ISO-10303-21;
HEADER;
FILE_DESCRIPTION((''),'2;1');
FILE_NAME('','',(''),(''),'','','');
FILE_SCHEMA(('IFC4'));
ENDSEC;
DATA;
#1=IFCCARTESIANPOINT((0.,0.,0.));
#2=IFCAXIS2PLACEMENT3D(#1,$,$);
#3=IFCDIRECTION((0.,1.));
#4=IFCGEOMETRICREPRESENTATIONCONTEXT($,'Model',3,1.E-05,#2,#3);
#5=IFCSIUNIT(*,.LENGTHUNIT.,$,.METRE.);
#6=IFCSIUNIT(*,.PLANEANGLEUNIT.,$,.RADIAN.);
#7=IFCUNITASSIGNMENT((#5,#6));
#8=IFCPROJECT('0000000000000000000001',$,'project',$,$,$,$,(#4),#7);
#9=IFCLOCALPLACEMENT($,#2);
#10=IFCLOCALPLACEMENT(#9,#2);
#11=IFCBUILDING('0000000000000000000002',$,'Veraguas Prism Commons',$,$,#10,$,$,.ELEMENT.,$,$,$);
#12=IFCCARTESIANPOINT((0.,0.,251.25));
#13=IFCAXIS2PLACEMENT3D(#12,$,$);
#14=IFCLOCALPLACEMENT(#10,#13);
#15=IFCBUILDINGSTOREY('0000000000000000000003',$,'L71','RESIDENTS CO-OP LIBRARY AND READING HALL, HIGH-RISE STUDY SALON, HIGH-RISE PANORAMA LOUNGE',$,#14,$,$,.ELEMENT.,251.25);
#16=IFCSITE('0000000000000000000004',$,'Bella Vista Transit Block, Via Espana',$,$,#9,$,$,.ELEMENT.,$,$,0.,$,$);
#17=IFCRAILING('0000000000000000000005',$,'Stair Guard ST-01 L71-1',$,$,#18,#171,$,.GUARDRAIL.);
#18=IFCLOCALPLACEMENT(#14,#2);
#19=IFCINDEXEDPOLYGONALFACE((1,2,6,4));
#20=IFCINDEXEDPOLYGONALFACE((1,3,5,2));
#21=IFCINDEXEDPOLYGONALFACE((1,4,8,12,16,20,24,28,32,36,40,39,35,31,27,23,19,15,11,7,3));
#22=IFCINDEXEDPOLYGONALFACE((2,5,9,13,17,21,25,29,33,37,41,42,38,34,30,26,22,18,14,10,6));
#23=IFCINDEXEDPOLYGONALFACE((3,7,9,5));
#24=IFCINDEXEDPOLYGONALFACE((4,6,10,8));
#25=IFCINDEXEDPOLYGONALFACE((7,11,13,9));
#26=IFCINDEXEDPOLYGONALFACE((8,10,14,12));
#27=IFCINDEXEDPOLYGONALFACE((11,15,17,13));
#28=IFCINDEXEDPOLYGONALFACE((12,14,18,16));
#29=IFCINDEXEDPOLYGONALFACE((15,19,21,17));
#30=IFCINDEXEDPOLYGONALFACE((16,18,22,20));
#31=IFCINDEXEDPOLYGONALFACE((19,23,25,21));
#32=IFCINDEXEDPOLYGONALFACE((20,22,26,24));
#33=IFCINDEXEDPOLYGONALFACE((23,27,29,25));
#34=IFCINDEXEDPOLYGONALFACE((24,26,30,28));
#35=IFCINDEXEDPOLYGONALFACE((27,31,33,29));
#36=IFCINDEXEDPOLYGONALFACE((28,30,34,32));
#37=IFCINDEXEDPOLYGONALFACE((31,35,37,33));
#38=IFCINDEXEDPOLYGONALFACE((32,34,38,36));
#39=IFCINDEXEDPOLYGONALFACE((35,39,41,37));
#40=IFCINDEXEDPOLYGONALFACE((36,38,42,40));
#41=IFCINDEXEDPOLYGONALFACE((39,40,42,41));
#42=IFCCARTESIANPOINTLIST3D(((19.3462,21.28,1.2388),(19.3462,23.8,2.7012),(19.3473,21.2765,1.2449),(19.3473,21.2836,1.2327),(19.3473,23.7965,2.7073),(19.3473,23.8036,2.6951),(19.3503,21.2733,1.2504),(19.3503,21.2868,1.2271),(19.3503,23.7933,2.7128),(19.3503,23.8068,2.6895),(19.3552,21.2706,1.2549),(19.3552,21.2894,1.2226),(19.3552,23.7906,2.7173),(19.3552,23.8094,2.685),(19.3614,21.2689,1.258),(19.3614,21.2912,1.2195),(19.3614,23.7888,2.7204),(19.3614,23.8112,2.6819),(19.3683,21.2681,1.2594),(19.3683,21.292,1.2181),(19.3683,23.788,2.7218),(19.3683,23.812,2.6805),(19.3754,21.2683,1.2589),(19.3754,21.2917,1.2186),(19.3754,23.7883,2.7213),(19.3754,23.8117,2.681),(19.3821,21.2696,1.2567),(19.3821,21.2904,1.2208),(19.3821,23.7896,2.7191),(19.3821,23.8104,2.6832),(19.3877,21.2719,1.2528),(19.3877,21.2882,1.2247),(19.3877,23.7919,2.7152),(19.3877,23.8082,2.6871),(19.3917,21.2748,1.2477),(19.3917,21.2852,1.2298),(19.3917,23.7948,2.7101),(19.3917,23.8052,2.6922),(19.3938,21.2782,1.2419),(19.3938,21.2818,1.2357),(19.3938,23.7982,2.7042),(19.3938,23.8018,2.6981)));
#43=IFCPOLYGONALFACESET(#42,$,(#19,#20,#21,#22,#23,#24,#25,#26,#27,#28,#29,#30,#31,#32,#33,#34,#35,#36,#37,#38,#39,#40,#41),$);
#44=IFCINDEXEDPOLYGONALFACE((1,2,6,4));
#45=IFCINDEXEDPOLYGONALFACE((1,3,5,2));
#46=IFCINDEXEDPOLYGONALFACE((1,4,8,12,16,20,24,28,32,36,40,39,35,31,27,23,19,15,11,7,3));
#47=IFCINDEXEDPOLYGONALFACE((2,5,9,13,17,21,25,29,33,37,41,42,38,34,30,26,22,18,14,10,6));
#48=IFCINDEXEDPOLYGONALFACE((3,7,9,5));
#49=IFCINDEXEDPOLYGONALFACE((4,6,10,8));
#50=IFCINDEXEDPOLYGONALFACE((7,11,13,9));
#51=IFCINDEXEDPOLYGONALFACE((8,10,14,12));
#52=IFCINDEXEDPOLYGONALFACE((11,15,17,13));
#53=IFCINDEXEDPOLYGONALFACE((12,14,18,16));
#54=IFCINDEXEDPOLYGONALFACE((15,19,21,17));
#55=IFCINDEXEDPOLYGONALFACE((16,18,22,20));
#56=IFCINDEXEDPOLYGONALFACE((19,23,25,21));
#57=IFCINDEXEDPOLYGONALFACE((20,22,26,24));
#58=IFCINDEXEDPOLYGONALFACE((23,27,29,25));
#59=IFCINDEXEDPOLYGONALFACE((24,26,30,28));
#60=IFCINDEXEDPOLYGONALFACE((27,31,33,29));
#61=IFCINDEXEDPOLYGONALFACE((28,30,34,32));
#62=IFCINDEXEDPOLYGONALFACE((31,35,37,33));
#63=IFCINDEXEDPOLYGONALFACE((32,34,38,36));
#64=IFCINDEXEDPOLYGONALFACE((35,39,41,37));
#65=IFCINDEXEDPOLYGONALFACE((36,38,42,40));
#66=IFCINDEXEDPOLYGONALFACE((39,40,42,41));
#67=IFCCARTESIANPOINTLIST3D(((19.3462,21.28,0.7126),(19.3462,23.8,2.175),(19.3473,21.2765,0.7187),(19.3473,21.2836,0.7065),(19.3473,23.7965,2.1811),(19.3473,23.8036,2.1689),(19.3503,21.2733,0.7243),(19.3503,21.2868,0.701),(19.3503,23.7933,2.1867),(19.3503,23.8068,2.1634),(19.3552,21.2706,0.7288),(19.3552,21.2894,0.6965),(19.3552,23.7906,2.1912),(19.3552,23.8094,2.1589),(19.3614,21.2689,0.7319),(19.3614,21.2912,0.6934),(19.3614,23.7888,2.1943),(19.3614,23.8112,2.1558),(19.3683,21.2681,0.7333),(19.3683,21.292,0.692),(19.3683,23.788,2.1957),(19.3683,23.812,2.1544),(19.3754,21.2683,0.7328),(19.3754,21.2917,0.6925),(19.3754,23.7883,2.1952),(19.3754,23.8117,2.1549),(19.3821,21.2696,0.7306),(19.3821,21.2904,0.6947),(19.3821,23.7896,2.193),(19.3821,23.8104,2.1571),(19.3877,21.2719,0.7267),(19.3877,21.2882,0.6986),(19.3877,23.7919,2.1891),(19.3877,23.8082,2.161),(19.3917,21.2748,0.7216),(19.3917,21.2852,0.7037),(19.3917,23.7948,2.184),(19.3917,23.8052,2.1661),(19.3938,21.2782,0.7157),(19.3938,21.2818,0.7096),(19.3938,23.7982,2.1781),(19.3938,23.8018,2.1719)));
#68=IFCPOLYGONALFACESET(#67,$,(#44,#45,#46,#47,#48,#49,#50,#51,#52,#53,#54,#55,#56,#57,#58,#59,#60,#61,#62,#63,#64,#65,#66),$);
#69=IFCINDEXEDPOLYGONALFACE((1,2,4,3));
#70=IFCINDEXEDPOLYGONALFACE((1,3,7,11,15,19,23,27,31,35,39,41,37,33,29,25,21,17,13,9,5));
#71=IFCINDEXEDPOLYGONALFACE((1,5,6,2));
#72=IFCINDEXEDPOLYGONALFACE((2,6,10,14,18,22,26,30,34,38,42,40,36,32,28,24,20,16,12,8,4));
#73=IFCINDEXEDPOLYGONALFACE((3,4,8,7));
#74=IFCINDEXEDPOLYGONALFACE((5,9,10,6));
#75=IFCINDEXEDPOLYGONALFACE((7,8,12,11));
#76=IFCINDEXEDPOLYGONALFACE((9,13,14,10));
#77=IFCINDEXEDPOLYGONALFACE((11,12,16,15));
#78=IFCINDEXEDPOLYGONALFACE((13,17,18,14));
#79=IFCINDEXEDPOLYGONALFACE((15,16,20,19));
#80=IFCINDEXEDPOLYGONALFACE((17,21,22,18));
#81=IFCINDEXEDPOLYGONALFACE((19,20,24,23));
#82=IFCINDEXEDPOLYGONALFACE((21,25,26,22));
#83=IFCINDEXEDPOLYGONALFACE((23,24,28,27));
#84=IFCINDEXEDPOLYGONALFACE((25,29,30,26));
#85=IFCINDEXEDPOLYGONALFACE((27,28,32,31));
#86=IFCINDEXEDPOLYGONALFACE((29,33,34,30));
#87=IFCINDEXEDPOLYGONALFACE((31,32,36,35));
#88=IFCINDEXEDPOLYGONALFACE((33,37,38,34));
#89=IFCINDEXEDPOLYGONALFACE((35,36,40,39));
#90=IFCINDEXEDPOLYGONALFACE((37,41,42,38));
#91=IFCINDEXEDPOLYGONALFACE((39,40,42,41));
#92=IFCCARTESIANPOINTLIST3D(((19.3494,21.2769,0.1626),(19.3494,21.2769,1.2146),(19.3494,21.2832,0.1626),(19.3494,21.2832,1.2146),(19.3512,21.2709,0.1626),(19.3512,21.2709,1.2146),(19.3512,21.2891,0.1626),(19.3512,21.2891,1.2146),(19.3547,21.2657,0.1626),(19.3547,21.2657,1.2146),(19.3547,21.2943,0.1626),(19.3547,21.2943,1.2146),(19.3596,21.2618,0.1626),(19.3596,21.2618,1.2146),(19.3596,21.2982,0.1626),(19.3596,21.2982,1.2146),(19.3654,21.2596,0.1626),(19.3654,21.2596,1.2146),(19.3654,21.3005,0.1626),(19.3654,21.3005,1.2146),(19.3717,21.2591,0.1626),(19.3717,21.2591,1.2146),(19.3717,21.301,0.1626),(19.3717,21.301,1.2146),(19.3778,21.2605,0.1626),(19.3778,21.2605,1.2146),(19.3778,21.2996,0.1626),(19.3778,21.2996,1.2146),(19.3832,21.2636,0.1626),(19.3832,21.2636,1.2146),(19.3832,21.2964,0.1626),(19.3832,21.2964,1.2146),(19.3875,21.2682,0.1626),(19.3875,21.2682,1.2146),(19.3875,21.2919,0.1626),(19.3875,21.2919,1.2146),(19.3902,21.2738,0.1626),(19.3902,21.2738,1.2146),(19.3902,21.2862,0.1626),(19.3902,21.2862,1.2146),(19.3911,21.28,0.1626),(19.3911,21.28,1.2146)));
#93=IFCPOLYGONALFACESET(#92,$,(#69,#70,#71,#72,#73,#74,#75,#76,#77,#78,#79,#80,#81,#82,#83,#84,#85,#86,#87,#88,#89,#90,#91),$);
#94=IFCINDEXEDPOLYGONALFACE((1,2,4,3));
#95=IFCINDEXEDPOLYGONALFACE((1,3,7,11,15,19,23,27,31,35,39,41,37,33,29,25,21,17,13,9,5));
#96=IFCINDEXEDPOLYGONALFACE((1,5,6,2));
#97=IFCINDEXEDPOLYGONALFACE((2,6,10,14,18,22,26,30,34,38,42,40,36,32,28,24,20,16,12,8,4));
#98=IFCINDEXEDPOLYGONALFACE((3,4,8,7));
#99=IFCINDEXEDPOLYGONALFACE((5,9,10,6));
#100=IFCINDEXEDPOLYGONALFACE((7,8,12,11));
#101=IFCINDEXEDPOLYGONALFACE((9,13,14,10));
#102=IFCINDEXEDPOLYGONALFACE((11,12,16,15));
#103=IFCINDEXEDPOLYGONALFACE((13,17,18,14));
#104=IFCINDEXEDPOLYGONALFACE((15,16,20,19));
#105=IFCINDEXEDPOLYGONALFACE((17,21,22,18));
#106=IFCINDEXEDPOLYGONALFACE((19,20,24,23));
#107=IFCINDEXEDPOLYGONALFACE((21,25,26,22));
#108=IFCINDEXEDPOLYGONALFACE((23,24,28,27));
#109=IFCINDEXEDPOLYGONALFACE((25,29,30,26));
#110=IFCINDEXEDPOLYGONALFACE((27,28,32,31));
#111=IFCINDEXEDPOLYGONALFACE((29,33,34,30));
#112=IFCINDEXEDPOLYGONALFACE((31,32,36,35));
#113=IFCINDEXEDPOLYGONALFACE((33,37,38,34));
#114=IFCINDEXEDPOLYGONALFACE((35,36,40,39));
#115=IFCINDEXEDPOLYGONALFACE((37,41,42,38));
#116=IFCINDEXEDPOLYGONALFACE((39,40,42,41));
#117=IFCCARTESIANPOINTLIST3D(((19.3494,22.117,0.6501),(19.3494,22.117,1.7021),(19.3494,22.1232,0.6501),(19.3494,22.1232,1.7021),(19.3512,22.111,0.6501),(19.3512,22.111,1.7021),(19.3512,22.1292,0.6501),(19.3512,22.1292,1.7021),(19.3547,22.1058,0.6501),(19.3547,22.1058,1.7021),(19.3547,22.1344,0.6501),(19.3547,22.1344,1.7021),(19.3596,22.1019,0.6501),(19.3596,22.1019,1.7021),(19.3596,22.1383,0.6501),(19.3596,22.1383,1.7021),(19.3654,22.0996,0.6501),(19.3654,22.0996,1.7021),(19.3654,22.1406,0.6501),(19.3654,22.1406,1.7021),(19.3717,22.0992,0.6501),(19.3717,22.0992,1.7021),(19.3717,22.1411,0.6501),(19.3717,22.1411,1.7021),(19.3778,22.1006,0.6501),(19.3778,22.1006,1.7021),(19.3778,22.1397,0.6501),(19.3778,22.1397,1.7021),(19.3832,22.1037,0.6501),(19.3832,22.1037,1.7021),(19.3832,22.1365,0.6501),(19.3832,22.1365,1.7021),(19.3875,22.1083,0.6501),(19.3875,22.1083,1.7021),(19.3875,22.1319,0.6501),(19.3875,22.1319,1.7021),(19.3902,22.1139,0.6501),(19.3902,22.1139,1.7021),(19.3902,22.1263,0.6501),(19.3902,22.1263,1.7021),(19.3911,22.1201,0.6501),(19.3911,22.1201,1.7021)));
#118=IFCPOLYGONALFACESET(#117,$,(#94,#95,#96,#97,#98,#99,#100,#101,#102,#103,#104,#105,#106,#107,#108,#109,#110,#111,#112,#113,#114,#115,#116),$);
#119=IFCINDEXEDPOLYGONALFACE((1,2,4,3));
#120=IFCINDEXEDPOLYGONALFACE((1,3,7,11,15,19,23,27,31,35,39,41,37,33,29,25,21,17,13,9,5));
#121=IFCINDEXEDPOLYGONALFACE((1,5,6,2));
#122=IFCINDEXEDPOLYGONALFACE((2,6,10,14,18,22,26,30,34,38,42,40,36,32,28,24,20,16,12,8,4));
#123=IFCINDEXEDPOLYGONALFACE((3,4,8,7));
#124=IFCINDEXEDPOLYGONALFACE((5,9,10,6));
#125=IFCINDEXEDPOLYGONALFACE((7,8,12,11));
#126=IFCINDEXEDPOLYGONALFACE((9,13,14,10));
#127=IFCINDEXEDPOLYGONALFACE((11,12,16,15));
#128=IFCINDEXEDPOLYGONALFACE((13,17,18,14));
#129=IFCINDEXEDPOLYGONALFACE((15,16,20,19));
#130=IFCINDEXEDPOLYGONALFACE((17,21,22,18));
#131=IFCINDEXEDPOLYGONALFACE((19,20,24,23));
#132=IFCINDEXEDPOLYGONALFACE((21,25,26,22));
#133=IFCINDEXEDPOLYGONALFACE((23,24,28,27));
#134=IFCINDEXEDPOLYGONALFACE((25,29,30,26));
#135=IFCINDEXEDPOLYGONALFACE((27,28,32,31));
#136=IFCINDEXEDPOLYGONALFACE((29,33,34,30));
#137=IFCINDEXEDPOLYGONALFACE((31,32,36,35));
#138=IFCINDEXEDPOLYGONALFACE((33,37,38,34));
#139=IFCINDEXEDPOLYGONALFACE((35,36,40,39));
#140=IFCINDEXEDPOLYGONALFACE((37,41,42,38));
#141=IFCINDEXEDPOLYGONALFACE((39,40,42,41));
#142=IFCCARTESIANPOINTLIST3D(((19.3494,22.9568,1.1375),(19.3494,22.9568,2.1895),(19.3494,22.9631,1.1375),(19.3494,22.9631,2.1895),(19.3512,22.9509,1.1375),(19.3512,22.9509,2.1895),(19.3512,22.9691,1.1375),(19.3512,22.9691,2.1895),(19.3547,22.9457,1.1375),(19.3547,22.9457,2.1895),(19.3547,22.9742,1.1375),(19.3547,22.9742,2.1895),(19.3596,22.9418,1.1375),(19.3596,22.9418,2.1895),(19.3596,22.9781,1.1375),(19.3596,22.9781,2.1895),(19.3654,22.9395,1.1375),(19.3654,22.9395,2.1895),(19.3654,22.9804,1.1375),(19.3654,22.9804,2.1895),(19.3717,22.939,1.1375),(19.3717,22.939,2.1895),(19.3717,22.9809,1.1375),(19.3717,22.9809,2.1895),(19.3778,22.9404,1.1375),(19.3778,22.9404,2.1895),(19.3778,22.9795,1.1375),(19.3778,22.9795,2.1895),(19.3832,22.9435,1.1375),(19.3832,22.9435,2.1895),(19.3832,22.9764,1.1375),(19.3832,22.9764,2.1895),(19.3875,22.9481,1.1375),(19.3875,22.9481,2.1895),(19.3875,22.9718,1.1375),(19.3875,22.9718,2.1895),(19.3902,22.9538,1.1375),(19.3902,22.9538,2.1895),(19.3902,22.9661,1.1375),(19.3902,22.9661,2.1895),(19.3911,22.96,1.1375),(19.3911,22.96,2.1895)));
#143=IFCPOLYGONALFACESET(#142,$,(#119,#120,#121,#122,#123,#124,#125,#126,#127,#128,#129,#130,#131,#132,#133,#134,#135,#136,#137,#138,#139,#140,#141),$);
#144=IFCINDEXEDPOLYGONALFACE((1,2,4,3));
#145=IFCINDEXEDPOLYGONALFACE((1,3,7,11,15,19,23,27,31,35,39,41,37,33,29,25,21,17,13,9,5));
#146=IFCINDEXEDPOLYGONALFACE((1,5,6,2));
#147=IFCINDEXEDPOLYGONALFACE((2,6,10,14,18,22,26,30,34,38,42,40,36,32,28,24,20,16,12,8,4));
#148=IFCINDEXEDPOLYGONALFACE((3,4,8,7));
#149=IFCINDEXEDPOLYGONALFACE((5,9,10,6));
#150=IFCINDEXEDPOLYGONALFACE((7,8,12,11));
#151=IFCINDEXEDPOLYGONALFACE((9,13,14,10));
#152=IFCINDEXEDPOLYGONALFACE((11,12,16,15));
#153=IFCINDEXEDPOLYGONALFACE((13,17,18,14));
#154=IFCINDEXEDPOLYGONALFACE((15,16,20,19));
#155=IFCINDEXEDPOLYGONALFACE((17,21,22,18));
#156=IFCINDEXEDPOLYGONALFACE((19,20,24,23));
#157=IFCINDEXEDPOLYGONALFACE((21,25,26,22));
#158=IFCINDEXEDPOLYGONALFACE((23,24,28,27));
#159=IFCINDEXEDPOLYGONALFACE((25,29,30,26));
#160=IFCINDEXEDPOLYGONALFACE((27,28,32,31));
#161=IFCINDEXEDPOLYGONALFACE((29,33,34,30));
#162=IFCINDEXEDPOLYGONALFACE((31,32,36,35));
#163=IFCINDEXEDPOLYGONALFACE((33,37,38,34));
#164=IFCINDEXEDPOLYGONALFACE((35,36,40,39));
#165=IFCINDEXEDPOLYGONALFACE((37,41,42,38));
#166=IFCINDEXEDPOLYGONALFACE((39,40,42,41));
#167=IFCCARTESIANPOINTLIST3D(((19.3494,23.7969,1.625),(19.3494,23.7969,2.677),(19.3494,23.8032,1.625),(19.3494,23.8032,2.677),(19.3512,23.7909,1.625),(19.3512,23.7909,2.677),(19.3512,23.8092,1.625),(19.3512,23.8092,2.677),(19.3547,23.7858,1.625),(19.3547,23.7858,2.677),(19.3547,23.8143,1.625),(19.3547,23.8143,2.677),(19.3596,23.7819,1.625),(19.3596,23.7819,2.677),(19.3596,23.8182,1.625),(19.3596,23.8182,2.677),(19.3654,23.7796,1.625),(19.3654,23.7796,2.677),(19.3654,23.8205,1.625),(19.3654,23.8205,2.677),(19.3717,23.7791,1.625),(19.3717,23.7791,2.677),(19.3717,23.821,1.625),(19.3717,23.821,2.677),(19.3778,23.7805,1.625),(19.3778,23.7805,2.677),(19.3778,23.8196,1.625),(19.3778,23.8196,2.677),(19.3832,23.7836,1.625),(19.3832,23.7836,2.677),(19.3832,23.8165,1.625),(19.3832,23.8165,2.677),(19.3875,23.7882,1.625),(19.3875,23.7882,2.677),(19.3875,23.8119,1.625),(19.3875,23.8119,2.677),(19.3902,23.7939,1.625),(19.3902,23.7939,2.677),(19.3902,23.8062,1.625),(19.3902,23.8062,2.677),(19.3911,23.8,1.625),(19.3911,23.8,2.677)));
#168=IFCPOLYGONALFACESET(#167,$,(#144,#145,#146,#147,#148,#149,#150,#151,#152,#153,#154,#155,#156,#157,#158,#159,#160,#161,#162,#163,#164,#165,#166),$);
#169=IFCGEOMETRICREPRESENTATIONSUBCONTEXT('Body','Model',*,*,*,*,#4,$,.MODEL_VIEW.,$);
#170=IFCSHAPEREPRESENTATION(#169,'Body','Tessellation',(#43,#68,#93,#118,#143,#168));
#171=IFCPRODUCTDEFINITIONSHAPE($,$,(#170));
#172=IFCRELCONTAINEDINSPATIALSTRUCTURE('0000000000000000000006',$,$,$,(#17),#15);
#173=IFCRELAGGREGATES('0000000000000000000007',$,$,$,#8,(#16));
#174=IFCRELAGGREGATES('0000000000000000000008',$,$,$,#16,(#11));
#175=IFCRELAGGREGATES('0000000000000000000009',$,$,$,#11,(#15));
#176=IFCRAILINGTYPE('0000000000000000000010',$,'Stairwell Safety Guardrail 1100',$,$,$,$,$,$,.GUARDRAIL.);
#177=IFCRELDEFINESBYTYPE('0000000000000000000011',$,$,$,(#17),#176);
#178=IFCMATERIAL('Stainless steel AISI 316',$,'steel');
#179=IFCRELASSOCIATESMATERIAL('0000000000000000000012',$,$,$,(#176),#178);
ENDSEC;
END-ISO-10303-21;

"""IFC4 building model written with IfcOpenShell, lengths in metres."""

from ifc_helpers import new_model, si_unit, direction, frame, origin, origin_2d, place, context, subcontext, project, spatial, circle, extrude, material, type_object, element, save


model = new_model("IFC4")

# Units and contexts
model_context = context("Model", 3, precision=1e-05, world=origin(), true_north=direction((0.0, 1.0)))
body_context = subcontext(model_context, "Body", "Model", "MODEL_VIEW")
ifc_project = project(units=[si_unit("LENGTHUNIT", "METRE"), si_unit("PLANEANGLEUNIT", "RADIAN")], contexts=[model_context])

# Site, building, storey
site_placement = place(None, origin())
site = spatial("IfcSite", under=ifc_project, at=site_placement, Name="Bella Vista Transit Block, Via Espana", CompositionType="ELEMENT", RefElevation=0.0)
building_placement = place(site_placement, origin())
building = spatial("IfcBuilding", under=site, at=building_placement, Name="Veraguas Prism Commons", CompositionType="ELEMENT")
storey_placement = place(building_placement, frame((0.0, 0.0, 251.25)))
storey = spatial("IfcBuildingStorey", under=building, at=storey_placement, Name="L71", Description="RESIDENTS CO-OP LIBRARY AND READING HALL, HIGH-RISE STUDY SALON, HIGH-RISE PANORAMA LOUNGE", CompositionType="ELEMENT", Elevation=251.25)

# Railing
ifc_material_1 = material(Name="Stainless steel AISI 316", Category="steel")
railing_type = type_object("IfcRailingType", Name="Stairwell Safety Guardrail 1100", PredefinedType="GUARDRAIL", material=ifc_material_1)
railing_1_placement = place(storey_placement, frame((19.3701, 21.28, 0.1626)))
element("IfcRailing", 1, at=railing_1_placement, inside=storey, type_object=railing_type, Name="Stair Guard ST-01 L71-1", PredefinedType="GUARDRAIL", context=body_context, shape_type="SweptSolid", body=[
    extrude(circle(Radius=0.0239, at=origin_2d()), frame((0.0, 0.0, 1.0762), z_axis=(0.0, 0.864913, 0.501921), x_axis=(-1.0, 0.0, 0.0)), (0.0, 0.0, 1.0), 2.9136),
    extrude(circle(Radius=0.0239, at=origin_2d()), frame((0.0, 0.0, 0.55), z_axis=(0.0, 0.864913, 0.501921), x_axis=(-1.0, 0.0, 0.0)), (0.0, 0.0, 1.0), 2.9136),
    extrude(circle(Radius=0.021, at=origin_2d()), origin(), (0.0, 0.0, 1.0), 1.052),
    extrude(circle(Radius=0.021, at=origin_2d()), frame((0.0, 0.8401, 0.4875)), (0.0, 0.0, 1.0), 1.052),
    extrude(circle(Radius=0.021, at=origin_2d()), frame((0.0, 1.6799, 0.9749)), (0.0, 0.0, 1.0), 1.052),
    extrude(circle(Radius=0.021, at=origin_2d()), frame((0.0, 2.52, 1.4624)), (0.0, 0.0, 1.0), 1.052),
])

save(model, "model.ifc")
